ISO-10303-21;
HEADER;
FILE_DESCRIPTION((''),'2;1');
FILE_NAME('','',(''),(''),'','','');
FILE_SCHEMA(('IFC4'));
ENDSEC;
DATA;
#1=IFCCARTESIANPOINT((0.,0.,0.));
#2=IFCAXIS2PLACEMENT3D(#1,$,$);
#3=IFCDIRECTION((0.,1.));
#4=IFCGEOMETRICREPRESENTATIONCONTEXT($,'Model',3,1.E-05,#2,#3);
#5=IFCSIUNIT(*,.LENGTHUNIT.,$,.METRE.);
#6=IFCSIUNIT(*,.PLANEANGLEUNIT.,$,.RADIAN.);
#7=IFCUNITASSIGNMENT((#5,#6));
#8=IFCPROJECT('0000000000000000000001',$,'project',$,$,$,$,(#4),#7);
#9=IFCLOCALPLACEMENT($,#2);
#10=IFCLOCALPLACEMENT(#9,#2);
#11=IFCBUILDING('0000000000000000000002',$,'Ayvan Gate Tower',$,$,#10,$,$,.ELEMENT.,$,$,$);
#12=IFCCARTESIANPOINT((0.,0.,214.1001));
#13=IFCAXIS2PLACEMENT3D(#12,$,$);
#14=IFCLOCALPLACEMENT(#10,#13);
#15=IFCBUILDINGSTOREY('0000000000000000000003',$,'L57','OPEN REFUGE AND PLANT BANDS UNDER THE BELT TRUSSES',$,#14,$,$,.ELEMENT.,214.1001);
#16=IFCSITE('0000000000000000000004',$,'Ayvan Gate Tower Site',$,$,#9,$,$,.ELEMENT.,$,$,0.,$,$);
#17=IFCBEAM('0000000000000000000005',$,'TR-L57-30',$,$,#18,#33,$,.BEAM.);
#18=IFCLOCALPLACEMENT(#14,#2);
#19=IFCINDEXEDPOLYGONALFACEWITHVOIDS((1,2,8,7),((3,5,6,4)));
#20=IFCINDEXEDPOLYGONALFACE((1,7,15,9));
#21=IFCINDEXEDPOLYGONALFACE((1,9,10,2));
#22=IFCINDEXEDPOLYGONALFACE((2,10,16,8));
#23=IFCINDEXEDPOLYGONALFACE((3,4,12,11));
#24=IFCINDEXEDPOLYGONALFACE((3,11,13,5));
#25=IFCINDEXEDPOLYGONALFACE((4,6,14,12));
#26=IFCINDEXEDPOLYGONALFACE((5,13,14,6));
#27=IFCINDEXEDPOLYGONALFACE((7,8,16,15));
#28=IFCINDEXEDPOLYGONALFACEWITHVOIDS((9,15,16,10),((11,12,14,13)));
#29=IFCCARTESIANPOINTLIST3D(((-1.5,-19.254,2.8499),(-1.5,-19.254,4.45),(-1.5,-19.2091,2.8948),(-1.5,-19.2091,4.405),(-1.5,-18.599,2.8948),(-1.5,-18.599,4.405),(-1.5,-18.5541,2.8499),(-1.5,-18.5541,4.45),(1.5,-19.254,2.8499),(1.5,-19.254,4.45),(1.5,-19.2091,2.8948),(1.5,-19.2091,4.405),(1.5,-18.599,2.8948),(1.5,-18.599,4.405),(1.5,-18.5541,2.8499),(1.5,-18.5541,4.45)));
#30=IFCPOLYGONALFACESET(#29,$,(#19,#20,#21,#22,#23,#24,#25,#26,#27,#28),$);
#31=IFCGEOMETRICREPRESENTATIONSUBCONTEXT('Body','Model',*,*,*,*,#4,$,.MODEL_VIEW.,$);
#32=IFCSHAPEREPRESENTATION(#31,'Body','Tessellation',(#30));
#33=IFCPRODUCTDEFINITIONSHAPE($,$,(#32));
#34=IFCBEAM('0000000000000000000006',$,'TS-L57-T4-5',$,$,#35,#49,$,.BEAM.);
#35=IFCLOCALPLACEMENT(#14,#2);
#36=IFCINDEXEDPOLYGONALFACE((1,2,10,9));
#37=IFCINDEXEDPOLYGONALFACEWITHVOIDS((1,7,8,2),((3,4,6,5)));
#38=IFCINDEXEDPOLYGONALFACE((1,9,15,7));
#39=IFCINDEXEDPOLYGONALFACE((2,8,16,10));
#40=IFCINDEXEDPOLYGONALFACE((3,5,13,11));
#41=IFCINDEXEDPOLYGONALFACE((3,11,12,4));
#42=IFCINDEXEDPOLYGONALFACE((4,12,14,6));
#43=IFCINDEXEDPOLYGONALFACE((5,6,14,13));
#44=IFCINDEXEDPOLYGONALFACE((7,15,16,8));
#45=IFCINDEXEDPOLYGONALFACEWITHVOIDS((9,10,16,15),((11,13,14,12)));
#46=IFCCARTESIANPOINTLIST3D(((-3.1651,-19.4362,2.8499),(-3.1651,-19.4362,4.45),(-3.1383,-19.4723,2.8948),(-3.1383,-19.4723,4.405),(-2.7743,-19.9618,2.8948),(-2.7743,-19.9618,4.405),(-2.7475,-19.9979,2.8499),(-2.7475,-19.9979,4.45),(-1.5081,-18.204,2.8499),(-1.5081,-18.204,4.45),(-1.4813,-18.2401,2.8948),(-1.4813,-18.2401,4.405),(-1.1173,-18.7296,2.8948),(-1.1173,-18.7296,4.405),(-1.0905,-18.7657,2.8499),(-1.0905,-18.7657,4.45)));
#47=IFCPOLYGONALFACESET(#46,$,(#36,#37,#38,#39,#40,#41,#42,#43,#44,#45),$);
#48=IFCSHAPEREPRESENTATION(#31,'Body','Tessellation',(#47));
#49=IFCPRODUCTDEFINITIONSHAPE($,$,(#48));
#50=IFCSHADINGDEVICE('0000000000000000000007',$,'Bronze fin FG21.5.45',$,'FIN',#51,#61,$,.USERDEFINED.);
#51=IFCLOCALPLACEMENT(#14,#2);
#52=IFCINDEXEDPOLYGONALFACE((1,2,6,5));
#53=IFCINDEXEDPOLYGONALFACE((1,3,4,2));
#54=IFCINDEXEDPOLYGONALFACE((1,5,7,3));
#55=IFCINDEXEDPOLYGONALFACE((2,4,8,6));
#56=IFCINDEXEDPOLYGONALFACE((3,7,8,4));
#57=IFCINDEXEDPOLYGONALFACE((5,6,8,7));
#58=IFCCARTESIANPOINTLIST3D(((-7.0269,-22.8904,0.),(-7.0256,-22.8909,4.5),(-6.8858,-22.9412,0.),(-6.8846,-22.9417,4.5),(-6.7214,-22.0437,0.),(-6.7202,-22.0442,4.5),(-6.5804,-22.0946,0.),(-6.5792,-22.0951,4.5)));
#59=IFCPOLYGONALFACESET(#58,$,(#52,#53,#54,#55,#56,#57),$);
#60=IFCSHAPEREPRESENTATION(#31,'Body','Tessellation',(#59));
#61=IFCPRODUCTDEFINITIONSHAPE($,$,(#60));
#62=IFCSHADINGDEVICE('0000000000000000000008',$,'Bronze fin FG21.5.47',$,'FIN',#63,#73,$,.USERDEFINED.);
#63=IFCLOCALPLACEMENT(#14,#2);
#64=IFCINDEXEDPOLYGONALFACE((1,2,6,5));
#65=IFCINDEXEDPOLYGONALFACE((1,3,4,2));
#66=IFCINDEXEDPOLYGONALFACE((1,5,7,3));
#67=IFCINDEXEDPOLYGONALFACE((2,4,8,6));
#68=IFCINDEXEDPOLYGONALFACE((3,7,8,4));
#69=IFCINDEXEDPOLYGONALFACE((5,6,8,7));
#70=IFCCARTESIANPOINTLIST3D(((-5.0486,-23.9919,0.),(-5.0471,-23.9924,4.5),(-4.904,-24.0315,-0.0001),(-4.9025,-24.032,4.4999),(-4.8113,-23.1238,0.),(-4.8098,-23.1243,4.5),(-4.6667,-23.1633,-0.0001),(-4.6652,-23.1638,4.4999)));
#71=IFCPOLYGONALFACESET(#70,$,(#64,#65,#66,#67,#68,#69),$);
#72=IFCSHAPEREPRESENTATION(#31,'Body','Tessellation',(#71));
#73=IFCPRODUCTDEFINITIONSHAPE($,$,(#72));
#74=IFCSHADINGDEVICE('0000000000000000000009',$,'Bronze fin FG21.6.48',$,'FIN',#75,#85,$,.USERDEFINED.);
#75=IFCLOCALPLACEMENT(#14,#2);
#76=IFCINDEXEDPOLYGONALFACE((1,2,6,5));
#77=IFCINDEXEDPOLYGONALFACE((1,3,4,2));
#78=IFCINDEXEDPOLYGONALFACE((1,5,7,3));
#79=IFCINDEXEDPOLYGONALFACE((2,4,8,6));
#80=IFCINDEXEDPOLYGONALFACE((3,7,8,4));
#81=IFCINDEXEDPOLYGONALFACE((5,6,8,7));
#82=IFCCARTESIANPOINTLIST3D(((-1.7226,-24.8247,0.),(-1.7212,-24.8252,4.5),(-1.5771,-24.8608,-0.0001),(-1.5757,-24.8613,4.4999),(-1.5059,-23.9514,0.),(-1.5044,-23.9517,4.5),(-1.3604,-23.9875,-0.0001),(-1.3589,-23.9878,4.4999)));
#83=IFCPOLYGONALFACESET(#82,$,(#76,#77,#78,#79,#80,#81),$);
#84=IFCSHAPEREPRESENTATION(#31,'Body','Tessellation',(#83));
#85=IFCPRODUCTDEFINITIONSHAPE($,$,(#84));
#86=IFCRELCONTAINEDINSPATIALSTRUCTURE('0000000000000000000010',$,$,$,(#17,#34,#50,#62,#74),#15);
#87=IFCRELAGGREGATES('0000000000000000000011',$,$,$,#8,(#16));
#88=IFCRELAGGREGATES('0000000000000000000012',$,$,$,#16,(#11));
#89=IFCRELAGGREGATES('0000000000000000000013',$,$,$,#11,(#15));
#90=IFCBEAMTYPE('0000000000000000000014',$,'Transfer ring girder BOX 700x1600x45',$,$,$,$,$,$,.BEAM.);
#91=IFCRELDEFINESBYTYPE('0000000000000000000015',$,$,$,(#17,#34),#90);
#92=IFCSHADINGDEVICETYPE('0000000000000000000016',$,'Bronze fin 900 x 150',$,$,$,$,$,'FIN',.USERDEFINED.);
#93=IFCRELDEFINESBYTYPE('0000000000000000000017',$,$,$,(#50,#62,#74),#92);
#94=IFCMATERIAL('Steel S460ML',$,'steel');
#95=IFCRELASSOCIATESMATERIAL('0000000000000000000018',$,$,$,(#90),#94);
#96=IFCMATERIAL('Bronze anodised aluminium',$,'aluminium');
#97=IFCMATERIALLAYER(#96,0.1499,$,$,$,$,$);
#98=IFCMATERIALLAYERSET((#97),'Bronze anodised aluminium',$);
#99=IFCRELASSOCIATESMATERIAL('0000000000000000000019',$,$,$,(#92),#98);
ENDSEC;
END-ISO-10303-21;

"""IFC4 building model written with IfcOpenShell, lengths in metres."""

from ifc_helpers import new_model, si_unit, direction, frame, origin, origin_2d, place, context, subcontext, project, spatial, polyline, hollow_rectangle, outline, extrude, material, layer, layer_set, material_profile, profile_set, type_object, element, save


model = new_model("IFC4")

# Units and contexts
model_context = context("Model", 3, precision=1e-05, world=origin(), true_north=direction((0.0, 1.0)))
body_context = subcontext(model_context, "Body", "Model", "MODEL_VIEW")
ifc_project = project(units=[si_unit("LENGTHUNIT", "METRE"), si_unit("PLANEANGLEUNIT", "RADIAN")], contexts=[model_context])

# Site, building, storey
site_placement = place(None, origin())
site = spatial("IfcSite", under=ifc_project, at=site_placement, Name="Ayvan Gate Tower Site", CompositionType="ELEMENT", RefElevation=0.0)
building_placement = place(site_placement, origin())
building = spatial("IfcBuilding", under=site, at=building_placement, Name="Ayvan Gate Tower", CompositionType="ELEMENT")
storey_placement = place(building_placement, frame((0.0, 0.0, 214.1001)))
storey = spatial("IfcBuildingStorey", under=building, at=storey_placement, Name="L57", Description="OPEN REFUGE AND PLANT BANDS UNDER THE BELT TRUSSES", CompositionType="ELEMENT", Elevation=214.1001)

# Shared definitions
ifc_material_1 = material(Name="Steel S460ML", Category="steel")

# Beams
ifc_material_profile_1 = material_profile(ifc_material_1, hollow_rectangle(XDim=0.7, YDim=1.6001, WallThickness=0.0449, at=origin_2d()), Name="BOX 700x1600x45")
ifc_profile_set_1 = profile_set([ifc_material_profile_1], Name="Steel S460ML")
beam_type_1 = type_object("IfcBeamType", Name="Transfer ring girder BOX 700x1600x45", PredefinedType="BEAM", material=ifc_profile_set_1)
beam_1_placement = place(storey_placement, frame((-1.5, -18.9041, 3.6499), z_axis=(1.0, 0.0, 0.0), x_axis=(0.0, 1.0, 0.0)))
element("IfcBeam", 1, at=beam_1_placement, inside=storey, type_object=beam_type_1, Name="TR-L57-30", PredefinedType="BEAM", context=body_context, shape_type="SweptSolid", body=[
    extrude(hollow_rectangle(XDim=0.7, YDim=1.6001, WallThickness=0.0449, at=origin_2d()), origin(), (0.0, 0.0, 1.0), 3.0),
])
beam_2_placement = place(storey_placement, frame((-2.9563, -19.717, 3.6499), z_axis=(0.802448, 0.596722, 0.0), x_axis=(-0.596722, 0.802448, 0.0)))
element("IfcBeam", 2, at=beam_2_placement, inside=storey, type_object=beam_type_1, Name="TS-L57-T4-5", PredefinedType="BEAM", context=body_context, shape_type="SweptSolid", body=[
    extrude(hollow_rectangle(XDim=0.7, YDim=1.6001, WallThickness=0.0449, at=origin_2d()), origin(), (0.0, 0.0, 1.0), 2.0649),
])

# Shading devices
ifc_material_2 = material(Name="Bronze anodised aluminium", Category="aluminium")
ifc_layer_1 = layer(ifc_material_2, 0.1499)
ifc_layer_set_1 = layer_set([ifc_layer_1], Name="Bronze anodised aluminium")
shading_device_type = type_object("IfcShadingDeviceType", Name="Bronze fin 900 x 150", ElementType="FIN", PredefinedType="USERDEFINED", material=ifc_layer_set_1)
shading_device_1_placement = place(storey_placement, frame((-6.7214, -22.0437, 0.0), z_axis=(-0.940669, 0.339324, 0.000292), x_axis=(-0.339325, -0.940669, 0.0)))
element("IfcShadingDevice", 3, at=shading_device_1_placement, inside=storey, type_object=shading_device_type, Name="Bronze fin FG21.5.45", ObjectType="FIN", PredefinedType="USERDEFINED", context=body_context, shape_type="SweptSolid", body=[
    extrude(outline(polyline([(0.0, 0.0), (0.9001, 0.0), (0.9001, 4.5), (0.0, 4.5), (0.0, 0.0)])), origin(), (0.0, 0.0, -1.0), 0.1499),
])
shading_device_2_placement = place(storey_placement, frame((-4.8113, -23.1238, 0.0), z_axis=(-0.964613, 0.263668, 0.000343), x_axis=(-0.263668, -0.964613, 0.0)))
element("IfcShadingDevice", 4, at=shading_device_2_placement, inside=storey, type_object=shading_device_type, Name="Bronze fin FG21.5.47", ObjectType="FIN", PredefinedType="USERDEFINED", context=body_context, shape_type="SweptSolid", body=[
    extrude(outline(polyline([(0.0, 0.0), (0.9, 0.0), (0.9001, 4.5), (0.0001, 4.5), (0.0, 0.0)])), origin(), (0.0, 0.0, -1.0), 0.1499),
])
shading_device_3_placement = place(storey_placement, frame((-1.5059, -23.9514, 0.0), z_axis=(-0.970548, 0.240908, 0.000336), x_axis=(-0.240908, -0.970548, 0.0)))
element("IfcShadingDevice", 5, at=shading_device_3_placement, inside=storey, type_object=shading_device_type, Name="Bronze fin FG21.6.48", ObjectType="FIN", PredefinedType="USERDEFINED", context=body_context, shape_type="SweptSolid", body=[
    extrude(outline(polyline([(0.0, 0.0), (0.8998, 0.0), (0.8999, 4.5), (-0.0001, 4.5), (0.0, 0.0)])), origin(), (0.0, 0.0, -1.0), 0.1499),
])

save(model, "model.ifc")
